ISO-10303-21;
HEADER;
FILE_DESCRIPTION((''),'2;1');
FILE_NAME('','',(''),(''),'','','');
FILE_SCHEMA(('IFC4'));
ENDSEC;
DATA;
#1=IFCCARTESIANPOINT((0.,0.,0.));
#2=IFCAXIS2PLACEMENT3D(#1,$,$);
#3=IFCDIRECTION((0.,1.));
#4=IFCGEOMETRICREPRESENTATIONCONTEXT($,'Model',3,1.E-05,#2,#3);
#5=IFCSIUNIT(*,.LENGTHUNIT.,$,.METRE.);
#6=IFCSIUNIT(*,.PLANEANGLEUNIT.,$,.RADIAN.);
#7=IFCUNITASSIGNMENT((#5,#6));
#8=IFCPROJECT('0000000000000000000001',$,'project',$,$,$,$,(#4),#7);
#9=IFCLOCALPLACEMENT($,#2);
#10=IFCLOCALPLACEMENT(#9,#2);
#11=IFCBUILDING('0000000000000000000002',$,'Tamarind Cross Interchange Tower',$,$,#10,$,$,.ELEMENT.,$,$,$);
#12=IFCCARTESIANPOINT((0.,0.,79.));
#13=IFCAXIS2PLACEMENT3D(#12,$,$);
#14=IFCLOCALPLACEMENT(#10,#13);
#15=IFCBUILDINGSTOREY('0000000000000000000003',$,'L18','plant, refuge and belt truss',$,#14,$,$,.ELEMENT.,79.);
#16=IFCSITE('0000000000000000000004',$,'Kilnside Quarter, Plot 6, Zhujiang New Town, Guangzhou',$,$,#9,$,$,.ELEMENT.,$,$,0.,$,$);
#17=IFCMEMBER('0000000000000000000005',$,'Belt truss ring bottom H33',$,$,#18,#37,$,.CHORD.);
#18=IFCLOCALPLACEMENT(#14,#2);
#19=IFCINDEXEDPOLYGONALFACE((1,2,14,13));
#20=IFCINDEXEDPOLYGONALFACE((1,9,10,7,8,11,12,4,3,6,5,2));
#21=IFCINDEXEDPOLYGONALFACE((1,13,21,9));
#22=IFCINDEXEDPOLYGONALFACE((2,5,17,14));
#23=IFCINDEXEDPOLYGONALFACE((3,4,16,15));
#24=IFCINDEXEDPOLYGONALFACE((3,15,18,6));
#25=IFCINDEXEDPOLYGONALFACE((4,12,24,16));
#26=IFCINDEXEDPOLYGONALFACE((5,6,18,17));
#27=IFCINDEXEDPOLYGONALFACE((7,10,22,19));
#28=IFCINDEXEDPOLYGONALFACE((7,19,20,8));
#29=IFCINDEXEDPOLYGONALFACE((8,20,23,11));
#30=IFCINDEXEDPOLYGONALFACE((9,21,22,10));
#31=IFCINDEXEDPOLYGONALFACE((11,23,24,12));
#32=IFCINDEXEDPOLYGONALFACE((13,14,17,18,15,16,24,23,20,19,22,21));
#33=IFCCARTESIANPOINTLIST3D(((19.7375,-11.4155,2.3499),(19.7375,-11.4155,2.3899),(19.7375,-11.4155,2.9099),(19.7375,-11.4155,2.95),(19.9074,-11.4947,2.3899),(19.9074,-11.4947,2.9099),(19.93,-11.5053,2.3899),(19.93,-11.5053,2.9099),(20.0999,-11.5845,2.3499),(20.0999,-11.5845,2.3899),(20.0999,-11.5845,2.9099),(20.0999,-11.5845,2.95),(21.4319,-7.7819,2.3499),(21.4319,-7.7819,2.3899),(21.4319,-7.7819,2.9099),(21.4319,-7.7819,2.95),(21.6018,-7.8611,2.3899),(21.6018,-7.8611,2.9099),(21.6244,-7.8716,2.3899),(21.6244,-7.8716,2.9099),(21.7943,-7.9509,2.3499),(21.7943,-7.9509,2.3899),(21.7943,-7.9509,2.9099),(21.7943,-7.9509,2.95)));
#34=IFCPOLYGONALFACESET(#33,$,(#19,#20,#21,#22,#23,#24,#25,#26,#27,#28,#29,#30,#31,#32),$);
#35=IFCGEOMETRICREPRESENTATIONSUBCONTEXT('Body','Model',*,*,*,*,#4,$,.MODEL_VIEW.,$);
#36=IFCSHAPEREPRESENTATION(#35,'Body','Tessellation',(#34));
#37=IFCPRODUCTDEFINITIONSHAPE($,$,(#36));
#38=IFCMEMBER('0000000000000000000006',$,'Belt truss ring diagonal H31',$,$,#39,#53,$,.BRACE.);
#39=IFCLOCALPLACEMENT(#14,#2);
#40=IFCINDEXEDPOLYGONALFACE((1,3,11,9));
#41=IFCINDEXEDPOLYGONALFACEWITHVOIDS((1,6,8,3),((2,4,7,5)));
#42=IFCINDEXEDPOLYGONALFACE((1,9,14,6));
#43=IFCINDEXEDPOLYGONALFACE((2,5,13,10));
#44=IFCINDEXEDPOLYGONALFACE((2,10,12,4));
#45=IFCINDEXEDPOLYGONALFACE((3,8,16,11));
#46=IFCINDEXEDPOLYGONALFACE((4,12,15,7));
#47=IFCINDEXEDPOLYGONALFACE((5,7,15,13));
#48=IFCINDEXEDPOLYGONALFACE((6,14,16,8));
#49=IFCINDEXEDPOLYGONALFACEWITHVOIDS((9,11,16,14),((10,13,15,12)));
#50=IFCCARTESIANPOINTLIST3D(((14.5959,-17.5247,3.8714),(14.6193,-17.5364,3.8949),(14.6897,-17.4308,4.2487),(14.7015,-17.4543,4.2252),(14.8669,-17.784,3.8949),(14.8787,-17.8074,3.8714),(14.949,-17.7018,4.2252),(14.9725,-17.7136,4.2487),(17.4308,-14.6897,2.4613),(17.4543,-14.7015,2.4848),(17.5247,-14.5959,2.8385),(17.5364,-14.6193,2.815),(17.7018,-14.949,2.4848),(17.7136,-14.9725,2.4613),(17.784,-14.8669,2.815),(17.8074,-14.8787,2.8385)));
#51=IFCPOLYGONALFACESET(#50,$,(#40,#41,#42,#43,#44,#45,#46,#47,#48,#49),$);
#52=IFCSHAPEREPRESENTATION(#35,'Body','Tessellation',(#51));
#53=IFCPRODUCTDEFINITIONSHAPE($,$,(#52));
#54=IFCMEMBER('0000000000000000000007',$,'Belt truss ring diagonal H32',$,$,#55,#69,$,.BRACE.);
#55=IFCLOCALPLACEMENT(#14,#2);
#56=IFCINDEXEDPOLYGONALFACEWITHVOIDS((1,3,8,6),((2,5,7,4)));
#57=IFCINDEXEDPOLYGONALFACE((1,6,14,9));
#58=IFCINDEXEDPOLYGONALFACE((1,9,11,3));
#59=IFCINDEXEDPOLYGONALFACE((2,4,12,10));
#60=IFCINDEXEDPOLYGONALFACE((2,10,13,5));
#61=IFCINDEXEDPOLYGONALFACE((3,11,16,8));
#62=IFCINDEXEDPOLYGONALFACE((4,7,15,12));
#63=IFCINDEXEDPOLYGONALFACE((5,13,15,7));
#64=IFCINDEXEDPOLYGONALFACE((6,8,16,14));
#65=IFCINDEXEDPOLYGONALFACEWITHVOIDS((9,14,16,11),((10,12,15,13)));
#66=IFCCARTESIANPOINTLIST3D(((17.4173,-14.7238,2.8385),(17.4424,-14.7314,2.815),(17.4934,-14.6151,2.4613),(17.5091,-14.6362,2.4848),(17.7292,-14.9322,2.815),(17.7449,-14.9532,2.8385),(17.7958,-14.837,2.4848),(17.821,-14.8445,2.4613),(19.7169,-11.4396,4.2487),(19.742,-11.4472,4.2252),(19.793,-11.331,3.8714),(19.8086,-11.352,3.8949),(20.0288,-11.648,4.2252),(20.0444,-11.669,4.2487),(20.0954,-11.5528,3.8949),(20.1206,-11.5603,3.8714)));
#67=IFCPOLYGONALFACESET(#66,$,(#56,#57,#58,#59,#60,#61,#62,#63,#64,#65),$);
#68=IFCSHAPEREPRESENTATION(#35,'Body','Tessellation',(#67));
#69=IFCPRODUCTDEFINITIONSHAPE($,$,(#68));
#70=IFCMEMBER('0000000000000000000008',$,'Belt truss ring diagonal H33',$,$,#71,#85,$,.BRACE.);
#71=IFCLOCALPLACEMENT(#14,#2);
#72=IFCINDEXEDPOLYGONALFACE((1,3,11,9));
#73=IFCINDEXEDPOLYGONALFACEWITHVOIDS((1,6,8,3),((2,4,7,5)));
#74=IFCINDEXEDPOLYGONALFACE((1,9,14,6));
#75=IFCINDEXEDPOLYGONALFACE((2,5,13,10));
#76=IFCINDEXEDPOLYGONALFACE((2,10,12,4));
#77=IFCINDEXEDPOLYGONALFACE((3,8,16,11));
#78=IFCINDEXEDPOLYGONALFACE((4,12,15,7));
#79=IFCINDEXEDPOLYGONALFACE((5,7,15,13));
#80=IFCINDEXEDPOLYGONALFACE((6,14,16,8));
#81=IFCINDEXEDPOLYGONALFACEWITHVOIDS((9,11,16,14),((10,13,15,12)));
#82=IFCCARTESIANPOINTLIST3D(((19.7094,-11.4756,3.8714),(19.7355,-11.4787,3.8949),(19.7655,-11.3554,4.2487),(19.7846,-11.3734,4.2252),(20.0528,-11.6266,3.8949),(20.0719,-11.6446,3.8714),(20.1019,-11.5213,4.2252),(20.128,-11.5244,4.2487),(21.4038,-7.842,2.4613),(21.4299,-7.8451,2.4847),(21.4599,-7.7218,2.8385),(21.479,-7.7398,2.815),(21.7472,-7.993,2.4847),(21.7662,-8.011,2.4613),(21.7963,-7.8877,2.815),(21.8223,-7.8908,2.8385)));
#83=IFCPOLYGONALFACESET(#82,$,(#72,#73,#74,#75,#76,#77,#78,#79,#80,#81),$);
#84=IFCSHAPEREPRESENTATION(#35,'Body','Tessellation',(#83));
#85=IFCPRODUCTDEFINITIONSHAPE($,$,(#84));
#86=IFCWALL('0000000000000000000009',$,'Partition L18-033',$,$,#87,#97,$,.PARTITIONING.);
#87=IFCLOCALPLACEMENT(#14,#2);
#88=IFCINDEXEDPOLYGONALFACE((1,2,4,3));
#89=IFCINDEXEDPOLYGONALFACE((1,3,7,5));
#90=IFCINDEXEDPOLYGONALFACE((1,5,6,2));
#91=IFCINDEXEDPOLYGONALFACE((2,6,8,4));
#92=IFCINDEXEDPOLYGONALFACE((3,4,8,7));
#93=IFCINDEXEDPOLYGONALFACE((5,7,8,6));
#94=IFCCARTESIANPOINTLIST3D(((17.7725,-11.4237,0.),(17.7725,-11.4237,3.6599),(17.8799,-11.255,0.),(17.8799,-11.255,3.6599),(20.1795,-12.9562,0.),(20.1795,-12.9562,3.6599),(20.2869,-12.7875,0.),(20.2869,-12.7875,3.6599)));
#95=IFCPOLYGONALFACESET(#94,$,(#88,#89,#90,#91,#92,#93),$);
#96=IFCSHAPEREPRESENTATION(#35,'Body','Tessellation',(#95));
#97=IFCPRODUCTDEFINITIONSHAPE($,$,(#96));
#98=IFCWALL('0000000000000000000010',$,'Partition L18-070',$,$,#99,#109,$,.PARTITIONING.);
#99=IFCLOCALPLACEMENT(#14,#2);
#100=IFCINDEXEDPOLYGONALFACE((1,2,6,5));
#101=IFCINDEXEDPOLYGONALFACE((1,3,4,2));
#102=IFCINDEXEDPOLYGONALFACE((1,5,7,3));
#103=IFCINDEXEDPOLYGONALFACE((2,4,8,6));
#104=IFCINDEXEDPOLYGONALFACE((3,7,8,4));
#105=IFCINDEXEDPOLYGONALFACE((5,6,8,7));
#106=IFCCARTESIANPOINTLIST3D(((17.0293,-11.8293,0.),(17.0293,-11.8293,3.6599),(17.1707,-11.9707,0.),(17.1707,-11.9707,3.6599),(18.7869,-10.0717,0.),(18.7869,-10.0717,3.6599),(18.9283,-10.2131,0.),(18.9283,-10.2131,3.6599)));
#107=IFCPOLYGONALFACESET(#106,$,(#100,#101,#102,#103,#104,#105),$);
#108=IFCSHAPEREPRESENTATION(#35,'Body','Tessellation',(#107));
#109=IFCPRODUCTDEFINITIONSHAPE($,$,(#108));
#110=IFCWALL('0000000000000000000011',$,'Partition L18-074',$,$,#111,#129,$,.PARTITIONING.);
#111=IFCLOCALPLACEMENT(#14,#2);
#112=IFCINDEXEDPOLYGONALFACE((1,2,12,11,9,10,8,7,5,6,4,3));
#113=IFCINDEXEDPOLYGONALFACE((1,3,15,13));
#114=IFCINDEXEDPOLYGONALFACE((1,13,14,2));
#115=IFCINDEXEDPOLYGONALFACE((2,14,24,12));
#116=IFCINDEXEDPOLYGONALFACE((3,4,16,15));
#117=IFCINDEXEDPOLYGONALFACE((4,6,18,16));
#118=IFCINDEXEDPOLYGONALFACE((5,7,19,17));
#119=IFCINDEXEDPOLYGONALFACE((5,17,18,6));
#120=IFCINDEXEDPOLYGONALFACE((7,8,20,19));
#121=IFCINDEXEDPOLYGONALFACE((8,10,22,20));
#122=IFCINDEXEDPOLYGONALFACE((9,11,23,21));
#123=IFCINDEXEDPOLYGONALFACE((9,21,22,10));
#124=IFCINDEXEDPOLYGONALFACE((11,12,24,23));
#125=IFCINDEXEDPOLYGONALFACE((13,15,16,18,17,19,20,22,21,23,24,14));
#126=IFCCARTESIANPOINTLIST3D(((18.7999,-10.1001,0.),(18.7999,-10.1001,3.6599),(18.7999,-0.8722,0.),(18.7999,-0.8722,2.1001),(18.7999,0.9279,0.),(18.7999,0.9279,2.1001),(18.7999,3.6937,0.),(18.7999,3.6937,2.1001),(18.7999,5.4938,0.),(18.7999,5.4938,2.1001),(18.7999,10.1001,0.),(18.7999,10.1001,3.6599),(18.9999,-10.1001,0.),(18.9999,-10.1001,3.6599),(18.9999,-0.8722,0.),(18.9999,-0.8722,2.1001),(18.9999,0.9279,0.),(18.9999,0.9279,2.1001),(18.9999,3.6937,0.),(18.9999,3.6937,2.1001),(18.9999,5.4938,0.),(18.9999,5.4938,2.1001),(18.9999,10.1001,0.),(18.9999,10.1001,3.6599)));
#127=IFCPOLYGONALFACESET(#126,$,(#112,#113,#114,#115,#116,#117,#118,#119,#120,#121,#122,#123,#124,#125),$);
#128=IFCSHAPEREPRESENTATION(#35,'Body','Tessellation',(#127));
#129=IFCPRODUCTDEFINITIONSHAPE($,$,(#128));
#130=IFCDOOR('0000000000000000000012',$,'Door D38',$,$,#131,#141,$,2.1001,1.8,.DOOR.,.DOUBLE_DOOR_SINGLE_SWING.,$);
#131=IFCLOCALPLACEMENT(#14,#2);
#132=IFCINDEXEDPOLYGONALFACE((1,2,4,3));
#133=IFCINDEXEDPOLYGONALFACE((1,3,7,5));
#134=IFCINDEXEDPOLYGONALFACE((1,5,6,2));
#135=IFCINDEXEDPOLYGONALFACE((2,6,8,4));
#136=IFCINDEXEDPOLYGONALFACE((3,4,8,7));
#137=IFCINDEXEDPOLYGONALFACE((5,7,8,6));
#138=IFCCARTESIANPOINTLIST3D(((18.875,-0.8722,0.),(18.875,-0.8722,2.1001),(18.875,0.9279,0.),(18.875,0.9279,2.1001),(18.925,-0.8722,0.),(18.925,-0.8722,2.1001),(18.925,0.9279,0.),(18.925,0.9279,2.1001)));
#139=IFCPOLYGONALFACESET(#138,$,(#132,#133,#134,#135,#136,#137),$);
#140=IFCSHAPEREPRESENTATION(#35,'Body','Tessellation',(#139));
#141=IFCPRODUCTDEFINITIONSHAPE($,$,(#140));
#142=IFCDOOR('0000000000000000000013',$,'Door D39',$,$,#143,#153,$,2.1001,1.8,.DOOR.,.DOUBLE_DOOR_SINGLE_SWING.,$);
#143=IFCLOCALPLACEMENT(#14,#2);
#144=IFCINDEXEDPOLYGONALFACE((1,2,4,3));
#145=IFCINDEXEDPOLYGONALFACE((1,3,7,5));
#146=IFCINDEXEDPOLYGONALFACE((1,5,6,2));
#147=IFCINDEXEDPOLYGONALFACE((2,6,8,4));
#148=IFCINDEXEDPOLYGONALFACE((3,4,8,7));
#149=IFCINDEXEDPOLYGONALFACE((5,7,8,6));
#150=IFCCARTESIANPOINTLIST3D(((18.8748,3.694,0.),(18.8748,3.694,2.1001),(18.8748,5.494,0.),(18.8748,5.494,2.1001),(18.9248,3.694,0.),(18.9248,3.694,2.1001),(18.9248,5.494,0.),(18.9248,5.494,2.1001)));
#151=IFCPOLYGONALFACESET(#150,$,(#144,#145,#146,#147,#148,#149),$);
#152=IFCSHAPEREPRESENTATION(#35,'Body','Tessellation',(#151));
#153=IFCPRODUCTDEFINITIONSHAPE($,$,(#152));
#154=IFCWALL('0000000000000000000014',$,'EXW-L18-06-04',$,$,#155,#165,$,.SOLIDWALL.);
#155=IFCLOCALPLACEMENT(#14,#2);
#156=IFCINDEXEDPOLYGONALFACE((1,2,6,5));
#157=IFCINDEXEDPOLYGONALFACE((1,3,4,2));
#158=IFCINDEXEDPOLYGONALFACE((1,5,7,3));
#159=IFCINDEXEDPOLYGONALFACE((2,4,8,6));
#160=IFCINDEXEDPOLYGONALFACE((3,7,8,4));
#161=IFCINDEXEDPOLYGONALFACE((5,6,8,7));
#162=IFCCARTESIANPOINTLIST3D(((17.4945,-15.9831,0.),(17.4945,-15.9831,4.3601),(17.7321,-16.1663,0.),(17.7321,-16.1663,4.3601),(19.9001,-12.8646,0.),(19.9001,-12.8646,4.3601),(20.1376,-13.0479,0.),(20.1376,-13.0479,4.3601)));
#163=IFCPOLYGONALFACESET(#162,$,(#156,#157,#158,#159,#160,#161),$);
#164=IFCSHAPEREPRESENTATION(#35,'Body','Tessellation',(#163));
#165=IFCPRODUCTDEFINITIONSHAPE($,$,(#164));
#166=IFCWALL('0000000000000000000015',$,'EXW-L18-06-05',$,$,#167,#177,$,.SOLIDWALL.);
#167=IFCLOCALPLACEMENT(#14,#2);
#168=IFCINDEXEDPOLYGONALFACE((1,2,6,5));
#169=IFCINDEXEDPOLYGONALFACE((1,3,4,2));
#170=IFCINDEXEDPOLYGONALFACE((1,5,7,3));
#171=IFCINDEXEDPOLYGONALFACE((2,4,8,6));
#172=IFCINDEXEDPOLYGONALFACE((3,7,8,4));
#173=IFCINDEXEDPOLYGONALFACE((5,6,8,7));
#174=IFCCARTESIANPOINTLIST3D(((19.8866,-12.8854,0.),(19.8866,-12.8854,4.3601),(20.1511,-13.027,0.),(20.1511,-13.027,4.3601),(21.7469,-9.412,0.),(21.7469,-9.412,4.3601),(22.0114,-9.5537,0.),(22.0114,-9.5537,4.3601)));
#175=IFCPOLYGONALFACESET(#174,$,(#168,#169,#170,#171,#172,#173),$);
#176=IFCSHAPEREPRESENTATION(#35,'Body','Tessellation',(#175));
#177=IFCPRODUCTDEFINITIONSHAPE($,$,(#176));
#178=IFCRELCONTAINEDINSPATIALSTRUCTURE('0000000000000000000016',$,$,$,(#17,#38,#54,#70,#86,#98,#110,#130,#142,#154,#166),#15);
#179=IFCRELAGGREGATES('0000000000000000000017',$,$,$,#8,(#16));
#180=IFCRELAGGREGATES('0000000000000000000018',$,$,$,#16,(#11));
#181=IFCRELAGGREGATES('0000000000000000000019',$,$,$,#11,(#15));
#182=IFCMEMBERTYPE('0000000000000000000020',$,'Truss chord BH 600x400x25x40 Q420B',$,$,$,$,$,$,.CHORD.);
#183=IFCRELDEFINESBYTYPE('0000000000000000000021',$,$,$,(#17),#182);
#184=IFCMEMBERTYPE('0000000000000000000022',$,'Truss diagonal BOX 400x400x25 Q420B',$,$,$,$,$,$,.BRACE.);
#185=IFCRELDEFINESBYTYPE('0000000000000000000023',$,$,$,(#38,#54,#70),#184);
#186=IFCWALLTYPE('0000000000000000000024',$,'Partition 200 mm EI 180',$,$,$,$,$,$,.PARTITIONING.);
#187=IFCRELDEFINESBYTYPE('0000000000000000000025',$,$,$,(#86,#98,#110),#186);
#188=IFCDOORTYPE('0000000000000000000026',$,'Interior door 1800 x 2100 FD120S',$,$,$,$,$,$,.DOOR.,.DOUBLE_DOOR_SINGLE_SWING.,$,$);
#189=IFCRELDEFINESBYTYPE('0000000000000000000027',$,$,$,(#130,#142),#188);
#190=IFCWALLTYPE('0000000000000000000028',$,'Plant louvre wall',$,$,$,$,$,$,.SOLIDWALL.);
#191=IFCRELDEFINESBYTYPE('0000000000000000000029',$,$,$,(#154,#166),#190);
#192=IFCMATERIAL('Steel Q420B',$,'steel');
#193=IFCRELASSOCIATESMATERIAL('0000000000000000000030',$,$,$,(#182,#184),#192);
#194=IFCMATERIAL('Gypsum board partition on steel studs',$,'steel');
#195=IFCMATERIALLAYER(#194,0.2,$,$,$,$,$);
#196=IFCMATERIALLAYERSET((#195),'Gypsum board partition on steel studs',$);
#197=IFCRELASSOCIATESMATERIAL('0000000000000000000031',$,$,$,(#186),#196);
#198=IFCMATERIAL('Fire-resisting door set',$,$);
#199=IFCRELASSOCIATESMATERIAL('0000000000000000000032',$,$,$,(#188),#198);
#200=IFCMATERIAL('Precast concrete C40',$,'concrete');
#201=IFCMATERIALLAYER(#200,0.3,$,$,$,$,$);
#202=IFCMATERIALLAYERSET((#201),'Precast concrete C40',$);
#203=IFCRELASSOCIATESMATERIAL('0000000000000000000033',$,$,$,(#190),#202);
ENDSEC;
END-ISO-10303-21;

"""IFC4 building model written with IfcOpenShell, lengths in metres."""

from ifc_helpers import new_model, si_unit, direction, frame, frame_2d, origin, origin_2d, place, context, subcontext, project, spatial, rectangle, hollow_rectangle, i_section, extrude, material, layer, layer_set, material_profile, profile_set, type_object, element, fill, save


model = new_model("IFC4")

# Units and contexts
model_context = context("Model", 3, precision=1e-05, world=origin(), true_north=direction((0.0, 1.0)))
body_context = subcontext(model_context, "Body", "Model", "MODEL_VIEW")
ifc_project = project(units=[si_unit("LENGTHUNIT", "METRE"), si_unit("PLANEANGLEUNIT", "RADIAN")], contexts=[model_context])

# Site, building, storey
site_placement = place(None, origin())
site = spatial("IfcSite", under=ifc_project, at=site_placement, Name="Kilnside Quarter, Plot 6, Zhujiang New Town, Guangzhou", CompositionType="ELEMENT", RefElevation=0.0)
building_placement = place(site_placement, origin())
building = spatial("IfcBuilding", under=site, at=building_placement, Name="Tamarind Cross Interchange Tower", CompositionType="ELEMENT")
storey_placement = place(building_placement, frame((0.0, 0.0, 79.0)))
storey = spatial("IfcBuildingStorey", under=building, at=storey_placement, Name="L18", Description="plant, refuge and belt truss", CompositionType="ELEMENT", Elevation=79.0)

# Members
ifc_material_1 = material(Name="Steel Q420B", Category="steel")
ifc_material_profile_1 = material_profile(ifc_material_1, i_section(OverallWidth=0.3999, OverallDepth=0.6001, WebThickness=0.0249, FlangeThickness=0.04, at=origin_2d()), Name="BH 600x400x25x40")
ifc_profile_set_1 = profile_set([ifc_material_profile_1], Name="Steel Q420B")
member_type_1 = type_object("IfcMemberType", Name="Truss chord BH 600x400x25x40 Q420B", PredefinedType="CHORD", material=ifc_profile_set_1)
for number, where, z_axis, x_axis, name in (
    (1, (19.9187, -11.5, 2.6499), (0.422615, 0.906309, 0.0), (-0.906309, 0.422615, 0.0), "Belt truss ring bottom H33"),
):
    element("IfcMember", number, at=place(storey_placement, frame(where, z_axis=z_axis, x_axis=x_axis)), inside=storey, type_object=member_type_1, Name=name, PredefinedType="CHORD", context=body_context, shape_type="SweptSolid", body=[
        extrude(i_section(OverallWidth=0.3999, OverallDepth=0.6001, WebThickness=0.0249, FlangeThickness=0.04, at=origin_2d()), origin(), (0.0, 0.0, 1.0), 4.0093),
    ])
ifc_material_profile_2 = material_profile(ifc_material_1, hollow_rectangle(XDim=0.3999, YDim=0.3999, WallThickness=0.0249, at=origin_2d()), Name="BOX 400x400x25")
ifc_profile_set_2 = profile_set([ifc_material_profile_2], Name="Steel Q420B")
member_type_2 = type_object("IfcMemberType", Name="Truss diagonal BOX 400x400x25 Q420B", PredefinedType="BRACE", material=ifc_profile_set_2)
for number, where, z_axis, x_axis, name in (
    (2, (14.7842, -17.6191, 4.0601), (0.667049, 0.667049, -0.331801), (-0.707107, 0.707107, 0.0), "Belt truss ring diagonal H31"),
    (3, (17.6191, -14.7842, 2.6499), (0.541075, 0.772751, 0.331803), (-0.819158, 0.573569, 0.0), "Belt truss ring diagonal H32"),
    (4, (19.9187, -11.5, 4.0601), (0.398673, 0.854964, -0.331806), (-0.906309, 0.422615, 0.0), "Belt truss ring diagonal H33"),
):
    element("IfcMember", number, at=place(storey_placement, frame(where, z_axis=z_axis, x_axis=x_axis)), inside=storey, type_object=member_type_2, Name=name, PredefinedType="BRACE", context=body_context, shape_type="SweptSolid", body=[
        extrude(hollow_rectangle(XDim=0.3999, YDim=0.3999, WallThickness=0.0249, at=origin_2d()), origin(), (0.0, 0.0, 1.0), 4.25),
    ])

# Walls
ifc_material_2 = material(Name="Gypsum board partition on steel studs", Category="steel")
ifc_layer_1 = layer(ifc_material_2, 0.2)
ifc_layer_set_1 = layer_set([ifc_layer_1], Name="Gypsum board partition on steel studs")
wall_type_1 = type_object("IfcWallType", Name="Partition 200 mm EI 180", PredefinedType="PARTITIONING", material=ifc_layer_set_1)
wall_1_placement = place(storey_placement, frame((17.8262, -11.3394, 0.0), z_axis=(0.0, 0.0, 1.0), x_axis=(0.843542, -0.537064, 0.0)))
element("IfcWall", 5, at=wall_1_placement, inside=storey, type_object=wall_type_1, Name="Partition L18-033", PredefinedType="PARTITIONING", context=body_context, shape_type="SweptSolid", body=[
    extrude(rectangle(XDim=2.8535, YDim=0.2, at=frame_2d((1.4268, 0.0))), origin(), (0.0, 0.0, 1.0), 3.6599),
])
wall_2_placement = place(storey_placement, frame((17.1001, -11.8999, 0.0), z_axis=(0.0, 0.0, 1.0), x_axis=(0.707107, 0.707107, 0.0)))
element("IfcWall", 6, at=wall_2_placement, inside=storey, type_object=wall_type_1, Name="Partition L18-070", PredefinedType="PARTITIONING", context=body_context, shape_type="SweptSolid", body=[
    extrude(rectangle(XDim=2.4856, YDim=0.2, at=frame_2d((1.2427, 0.0))), origin(), (0.0, 0.0, 1.0), 3.6599),
])

# Wall, openings, doors
wall_3_placement = place(storey_placement, frame((18.8999, -10.1001, 0.0), z_axis=(0.0, 0.0, 1.0), x_axis=(0.0, 1.0, 0.0)))
wall_3 = element("IfcWall", 7, at=wall_3_placement, inside=storey, type_object=wall_type_1, Name="Partition L18-074", PredefinedType="PARTITIONING", context=body_context, shape_type="SweptSolid", body=[
    extrude(rectangle(XDim=20.2002, YDim=0.2, at=frame_2d((10.1001, 0.0))), origin(), (0.0, 0.0, 1.0), 3.6599),
])
opening_1_placement = place(wall_3_placement, frame((9.228, 0.0, 0.0)))
opening_1 = element("IfcOpeningElement", 8, at=opening_1_placement, cuts=wall_3, PredefinedType="OPENING", context=body_context, shape_type="SweptSolid", body=[
    extrude(rectangle(XDim=1.8, YDim=2.1001, at=frame_2d((0.8999, 1.05))), frame((0.0, 0.1099, 0.0), z_axis=(0.0, -1.0, 0.0), x_axis=(1.0, 0.0, 0.0)), (0.0, 0.0, 1.0), 0.22),
])
opening_2_placement = place(wall_3_placement, frame((13.7939, 0.0, 0.0)))
opening_2 = element("IfcOpeningElement", 9, at=opening_2_placement, cuts=wall_3, PredefinedType="OPENING", context=body_context, shape_type="SweptSolid", body=[
    extrude(rectangle(XDim=1.8, YDim=2.1001, at=frame_2d((0.8999, 1.05))), frame((0.0, 0.1099, 0.0), z_axis=(0.0, -1.0, 0.0), x_axis=(1.0, 0.0, 0.0)), (0.0, 0.0, 1.0), 0.22),
])
ifc_material_3 = material(Name="Fire-resisting door set")
door_type = type_object("IfcDoorType", Name="Interior door 1800 x 2100 FD120S", OperationType="DOUBLE_DOOR_SINGLE_SWING", PredefinedType="DOOR", material=ifc_material_3)
door_1_placement = place(opening_1_placement, origin())
door_1 = element("IfcDoor", 10, at=door_1_placement, inside=storey, type_object=door_type, Name="Door D38", OperationType="DOUBLE_DOOR_SINGLE_SWING", OverallHeight=2.1001, OverallWidth=1.8, PredefinedType="DOOR", context=body_context, shape_type="SweptSolid", body=[
    extrude(rectangle(XDim=1.8, YDim=2.1001, at=frame_2d((0.8999, 1.05))), frame((0.0, 0.0249, 0.0), z_axis=(0.0, -1.0, 0.0), x_axis=(1.0, 0.0, 0.0)), (0.0, 0.0, 1.0), 0.05),
])
fill(opening_1, door_1)
door_2_placement = place(opening_2_placement, frame((1.8, 0.0, 0.0), z_axis=(0.0, 0.0, 1.0), x_axis=(-1.0, 0.0, 0.0)))
door_2 = element("IfcDoor", 11, at=door_2_placement, inside=storey, type_object=door_type, Name="Door D39", OperationType="DOUBLE_DOOR_SINGLE_SWING", OverallHeight=2.1001, OverallWidth=1.8, PredefinedType="DOOR", context=body_context, shape_type="SweptSolid", body=[
    extrude(rectangle(XDim=1.8, YDim=2.1001, at=frame_2d((0.8999, 1.05))), frame((0.0, 0.0249, 0.0), z_axis=(0.0, -1.0, 0.0), x_axis=(1.0, 0.0, 0.0)), (0.0, 0.0, 1.0), 0.05),
])
fill(opening_2, door_2)

# Walls
ifc_material_4 = material(Name="Precast concrete C40", Category="concrete")
ifc_layer_2 = layer(ifc_material_4, 0.3)
ifc_layer_set_2 = layer_set([ifc_layer_2], Name="Precast concrete C40")
wall_type_2 = type_object("IfcWallType", Name="Plant louvre wall", PredefinedType="SOLIDWALL", material=ifc_layer_set_2)
wall_4_placement = place(storey_placement, frame((17.6133, -16.0747, 0.0), z_axis=(0.0, 0.0, 1.0), x_axis=(0.610786, 0.791796, 0.0)))
element("IfcWall", 12, at=wall_4_placement, inside=storey, type_object=wall_type_2, Name="EXW-L18-06-04", PredefinedType="SOLIDWALL", context=body_context, shape_type="SweptSolid", body=[
    extrude(rectangle(XDim=3.9385, YDim=0.3, at=frame_2d((1.9692, 0.0))), origin(), (0.0, 0.0, 1.0), 4.3601),
])
wall_5_placement = place(storey_placement, frame((20.0188, -12.9563, 0.0), z_axis=(0.0, 0.0, 1.0), x_axis=(0.472144, 0.881521, 0.0)))
element("IfcWall", 13, at=wall_5_placement, inside=storey, type_object=wall_type_2, Name="EXW-L18-06-05", PredefinedType="SOLIDWALL", context=body_context, shape_type="SweptSolid", body=[
    extrude(rectangle(XDim=3.9402, YDim=0.3, at=frame_2d((1.9702, 0.0))), origin(), (0.0, 0.0, 1.0), 4.3601),
])

save(model, "model.ifc")
